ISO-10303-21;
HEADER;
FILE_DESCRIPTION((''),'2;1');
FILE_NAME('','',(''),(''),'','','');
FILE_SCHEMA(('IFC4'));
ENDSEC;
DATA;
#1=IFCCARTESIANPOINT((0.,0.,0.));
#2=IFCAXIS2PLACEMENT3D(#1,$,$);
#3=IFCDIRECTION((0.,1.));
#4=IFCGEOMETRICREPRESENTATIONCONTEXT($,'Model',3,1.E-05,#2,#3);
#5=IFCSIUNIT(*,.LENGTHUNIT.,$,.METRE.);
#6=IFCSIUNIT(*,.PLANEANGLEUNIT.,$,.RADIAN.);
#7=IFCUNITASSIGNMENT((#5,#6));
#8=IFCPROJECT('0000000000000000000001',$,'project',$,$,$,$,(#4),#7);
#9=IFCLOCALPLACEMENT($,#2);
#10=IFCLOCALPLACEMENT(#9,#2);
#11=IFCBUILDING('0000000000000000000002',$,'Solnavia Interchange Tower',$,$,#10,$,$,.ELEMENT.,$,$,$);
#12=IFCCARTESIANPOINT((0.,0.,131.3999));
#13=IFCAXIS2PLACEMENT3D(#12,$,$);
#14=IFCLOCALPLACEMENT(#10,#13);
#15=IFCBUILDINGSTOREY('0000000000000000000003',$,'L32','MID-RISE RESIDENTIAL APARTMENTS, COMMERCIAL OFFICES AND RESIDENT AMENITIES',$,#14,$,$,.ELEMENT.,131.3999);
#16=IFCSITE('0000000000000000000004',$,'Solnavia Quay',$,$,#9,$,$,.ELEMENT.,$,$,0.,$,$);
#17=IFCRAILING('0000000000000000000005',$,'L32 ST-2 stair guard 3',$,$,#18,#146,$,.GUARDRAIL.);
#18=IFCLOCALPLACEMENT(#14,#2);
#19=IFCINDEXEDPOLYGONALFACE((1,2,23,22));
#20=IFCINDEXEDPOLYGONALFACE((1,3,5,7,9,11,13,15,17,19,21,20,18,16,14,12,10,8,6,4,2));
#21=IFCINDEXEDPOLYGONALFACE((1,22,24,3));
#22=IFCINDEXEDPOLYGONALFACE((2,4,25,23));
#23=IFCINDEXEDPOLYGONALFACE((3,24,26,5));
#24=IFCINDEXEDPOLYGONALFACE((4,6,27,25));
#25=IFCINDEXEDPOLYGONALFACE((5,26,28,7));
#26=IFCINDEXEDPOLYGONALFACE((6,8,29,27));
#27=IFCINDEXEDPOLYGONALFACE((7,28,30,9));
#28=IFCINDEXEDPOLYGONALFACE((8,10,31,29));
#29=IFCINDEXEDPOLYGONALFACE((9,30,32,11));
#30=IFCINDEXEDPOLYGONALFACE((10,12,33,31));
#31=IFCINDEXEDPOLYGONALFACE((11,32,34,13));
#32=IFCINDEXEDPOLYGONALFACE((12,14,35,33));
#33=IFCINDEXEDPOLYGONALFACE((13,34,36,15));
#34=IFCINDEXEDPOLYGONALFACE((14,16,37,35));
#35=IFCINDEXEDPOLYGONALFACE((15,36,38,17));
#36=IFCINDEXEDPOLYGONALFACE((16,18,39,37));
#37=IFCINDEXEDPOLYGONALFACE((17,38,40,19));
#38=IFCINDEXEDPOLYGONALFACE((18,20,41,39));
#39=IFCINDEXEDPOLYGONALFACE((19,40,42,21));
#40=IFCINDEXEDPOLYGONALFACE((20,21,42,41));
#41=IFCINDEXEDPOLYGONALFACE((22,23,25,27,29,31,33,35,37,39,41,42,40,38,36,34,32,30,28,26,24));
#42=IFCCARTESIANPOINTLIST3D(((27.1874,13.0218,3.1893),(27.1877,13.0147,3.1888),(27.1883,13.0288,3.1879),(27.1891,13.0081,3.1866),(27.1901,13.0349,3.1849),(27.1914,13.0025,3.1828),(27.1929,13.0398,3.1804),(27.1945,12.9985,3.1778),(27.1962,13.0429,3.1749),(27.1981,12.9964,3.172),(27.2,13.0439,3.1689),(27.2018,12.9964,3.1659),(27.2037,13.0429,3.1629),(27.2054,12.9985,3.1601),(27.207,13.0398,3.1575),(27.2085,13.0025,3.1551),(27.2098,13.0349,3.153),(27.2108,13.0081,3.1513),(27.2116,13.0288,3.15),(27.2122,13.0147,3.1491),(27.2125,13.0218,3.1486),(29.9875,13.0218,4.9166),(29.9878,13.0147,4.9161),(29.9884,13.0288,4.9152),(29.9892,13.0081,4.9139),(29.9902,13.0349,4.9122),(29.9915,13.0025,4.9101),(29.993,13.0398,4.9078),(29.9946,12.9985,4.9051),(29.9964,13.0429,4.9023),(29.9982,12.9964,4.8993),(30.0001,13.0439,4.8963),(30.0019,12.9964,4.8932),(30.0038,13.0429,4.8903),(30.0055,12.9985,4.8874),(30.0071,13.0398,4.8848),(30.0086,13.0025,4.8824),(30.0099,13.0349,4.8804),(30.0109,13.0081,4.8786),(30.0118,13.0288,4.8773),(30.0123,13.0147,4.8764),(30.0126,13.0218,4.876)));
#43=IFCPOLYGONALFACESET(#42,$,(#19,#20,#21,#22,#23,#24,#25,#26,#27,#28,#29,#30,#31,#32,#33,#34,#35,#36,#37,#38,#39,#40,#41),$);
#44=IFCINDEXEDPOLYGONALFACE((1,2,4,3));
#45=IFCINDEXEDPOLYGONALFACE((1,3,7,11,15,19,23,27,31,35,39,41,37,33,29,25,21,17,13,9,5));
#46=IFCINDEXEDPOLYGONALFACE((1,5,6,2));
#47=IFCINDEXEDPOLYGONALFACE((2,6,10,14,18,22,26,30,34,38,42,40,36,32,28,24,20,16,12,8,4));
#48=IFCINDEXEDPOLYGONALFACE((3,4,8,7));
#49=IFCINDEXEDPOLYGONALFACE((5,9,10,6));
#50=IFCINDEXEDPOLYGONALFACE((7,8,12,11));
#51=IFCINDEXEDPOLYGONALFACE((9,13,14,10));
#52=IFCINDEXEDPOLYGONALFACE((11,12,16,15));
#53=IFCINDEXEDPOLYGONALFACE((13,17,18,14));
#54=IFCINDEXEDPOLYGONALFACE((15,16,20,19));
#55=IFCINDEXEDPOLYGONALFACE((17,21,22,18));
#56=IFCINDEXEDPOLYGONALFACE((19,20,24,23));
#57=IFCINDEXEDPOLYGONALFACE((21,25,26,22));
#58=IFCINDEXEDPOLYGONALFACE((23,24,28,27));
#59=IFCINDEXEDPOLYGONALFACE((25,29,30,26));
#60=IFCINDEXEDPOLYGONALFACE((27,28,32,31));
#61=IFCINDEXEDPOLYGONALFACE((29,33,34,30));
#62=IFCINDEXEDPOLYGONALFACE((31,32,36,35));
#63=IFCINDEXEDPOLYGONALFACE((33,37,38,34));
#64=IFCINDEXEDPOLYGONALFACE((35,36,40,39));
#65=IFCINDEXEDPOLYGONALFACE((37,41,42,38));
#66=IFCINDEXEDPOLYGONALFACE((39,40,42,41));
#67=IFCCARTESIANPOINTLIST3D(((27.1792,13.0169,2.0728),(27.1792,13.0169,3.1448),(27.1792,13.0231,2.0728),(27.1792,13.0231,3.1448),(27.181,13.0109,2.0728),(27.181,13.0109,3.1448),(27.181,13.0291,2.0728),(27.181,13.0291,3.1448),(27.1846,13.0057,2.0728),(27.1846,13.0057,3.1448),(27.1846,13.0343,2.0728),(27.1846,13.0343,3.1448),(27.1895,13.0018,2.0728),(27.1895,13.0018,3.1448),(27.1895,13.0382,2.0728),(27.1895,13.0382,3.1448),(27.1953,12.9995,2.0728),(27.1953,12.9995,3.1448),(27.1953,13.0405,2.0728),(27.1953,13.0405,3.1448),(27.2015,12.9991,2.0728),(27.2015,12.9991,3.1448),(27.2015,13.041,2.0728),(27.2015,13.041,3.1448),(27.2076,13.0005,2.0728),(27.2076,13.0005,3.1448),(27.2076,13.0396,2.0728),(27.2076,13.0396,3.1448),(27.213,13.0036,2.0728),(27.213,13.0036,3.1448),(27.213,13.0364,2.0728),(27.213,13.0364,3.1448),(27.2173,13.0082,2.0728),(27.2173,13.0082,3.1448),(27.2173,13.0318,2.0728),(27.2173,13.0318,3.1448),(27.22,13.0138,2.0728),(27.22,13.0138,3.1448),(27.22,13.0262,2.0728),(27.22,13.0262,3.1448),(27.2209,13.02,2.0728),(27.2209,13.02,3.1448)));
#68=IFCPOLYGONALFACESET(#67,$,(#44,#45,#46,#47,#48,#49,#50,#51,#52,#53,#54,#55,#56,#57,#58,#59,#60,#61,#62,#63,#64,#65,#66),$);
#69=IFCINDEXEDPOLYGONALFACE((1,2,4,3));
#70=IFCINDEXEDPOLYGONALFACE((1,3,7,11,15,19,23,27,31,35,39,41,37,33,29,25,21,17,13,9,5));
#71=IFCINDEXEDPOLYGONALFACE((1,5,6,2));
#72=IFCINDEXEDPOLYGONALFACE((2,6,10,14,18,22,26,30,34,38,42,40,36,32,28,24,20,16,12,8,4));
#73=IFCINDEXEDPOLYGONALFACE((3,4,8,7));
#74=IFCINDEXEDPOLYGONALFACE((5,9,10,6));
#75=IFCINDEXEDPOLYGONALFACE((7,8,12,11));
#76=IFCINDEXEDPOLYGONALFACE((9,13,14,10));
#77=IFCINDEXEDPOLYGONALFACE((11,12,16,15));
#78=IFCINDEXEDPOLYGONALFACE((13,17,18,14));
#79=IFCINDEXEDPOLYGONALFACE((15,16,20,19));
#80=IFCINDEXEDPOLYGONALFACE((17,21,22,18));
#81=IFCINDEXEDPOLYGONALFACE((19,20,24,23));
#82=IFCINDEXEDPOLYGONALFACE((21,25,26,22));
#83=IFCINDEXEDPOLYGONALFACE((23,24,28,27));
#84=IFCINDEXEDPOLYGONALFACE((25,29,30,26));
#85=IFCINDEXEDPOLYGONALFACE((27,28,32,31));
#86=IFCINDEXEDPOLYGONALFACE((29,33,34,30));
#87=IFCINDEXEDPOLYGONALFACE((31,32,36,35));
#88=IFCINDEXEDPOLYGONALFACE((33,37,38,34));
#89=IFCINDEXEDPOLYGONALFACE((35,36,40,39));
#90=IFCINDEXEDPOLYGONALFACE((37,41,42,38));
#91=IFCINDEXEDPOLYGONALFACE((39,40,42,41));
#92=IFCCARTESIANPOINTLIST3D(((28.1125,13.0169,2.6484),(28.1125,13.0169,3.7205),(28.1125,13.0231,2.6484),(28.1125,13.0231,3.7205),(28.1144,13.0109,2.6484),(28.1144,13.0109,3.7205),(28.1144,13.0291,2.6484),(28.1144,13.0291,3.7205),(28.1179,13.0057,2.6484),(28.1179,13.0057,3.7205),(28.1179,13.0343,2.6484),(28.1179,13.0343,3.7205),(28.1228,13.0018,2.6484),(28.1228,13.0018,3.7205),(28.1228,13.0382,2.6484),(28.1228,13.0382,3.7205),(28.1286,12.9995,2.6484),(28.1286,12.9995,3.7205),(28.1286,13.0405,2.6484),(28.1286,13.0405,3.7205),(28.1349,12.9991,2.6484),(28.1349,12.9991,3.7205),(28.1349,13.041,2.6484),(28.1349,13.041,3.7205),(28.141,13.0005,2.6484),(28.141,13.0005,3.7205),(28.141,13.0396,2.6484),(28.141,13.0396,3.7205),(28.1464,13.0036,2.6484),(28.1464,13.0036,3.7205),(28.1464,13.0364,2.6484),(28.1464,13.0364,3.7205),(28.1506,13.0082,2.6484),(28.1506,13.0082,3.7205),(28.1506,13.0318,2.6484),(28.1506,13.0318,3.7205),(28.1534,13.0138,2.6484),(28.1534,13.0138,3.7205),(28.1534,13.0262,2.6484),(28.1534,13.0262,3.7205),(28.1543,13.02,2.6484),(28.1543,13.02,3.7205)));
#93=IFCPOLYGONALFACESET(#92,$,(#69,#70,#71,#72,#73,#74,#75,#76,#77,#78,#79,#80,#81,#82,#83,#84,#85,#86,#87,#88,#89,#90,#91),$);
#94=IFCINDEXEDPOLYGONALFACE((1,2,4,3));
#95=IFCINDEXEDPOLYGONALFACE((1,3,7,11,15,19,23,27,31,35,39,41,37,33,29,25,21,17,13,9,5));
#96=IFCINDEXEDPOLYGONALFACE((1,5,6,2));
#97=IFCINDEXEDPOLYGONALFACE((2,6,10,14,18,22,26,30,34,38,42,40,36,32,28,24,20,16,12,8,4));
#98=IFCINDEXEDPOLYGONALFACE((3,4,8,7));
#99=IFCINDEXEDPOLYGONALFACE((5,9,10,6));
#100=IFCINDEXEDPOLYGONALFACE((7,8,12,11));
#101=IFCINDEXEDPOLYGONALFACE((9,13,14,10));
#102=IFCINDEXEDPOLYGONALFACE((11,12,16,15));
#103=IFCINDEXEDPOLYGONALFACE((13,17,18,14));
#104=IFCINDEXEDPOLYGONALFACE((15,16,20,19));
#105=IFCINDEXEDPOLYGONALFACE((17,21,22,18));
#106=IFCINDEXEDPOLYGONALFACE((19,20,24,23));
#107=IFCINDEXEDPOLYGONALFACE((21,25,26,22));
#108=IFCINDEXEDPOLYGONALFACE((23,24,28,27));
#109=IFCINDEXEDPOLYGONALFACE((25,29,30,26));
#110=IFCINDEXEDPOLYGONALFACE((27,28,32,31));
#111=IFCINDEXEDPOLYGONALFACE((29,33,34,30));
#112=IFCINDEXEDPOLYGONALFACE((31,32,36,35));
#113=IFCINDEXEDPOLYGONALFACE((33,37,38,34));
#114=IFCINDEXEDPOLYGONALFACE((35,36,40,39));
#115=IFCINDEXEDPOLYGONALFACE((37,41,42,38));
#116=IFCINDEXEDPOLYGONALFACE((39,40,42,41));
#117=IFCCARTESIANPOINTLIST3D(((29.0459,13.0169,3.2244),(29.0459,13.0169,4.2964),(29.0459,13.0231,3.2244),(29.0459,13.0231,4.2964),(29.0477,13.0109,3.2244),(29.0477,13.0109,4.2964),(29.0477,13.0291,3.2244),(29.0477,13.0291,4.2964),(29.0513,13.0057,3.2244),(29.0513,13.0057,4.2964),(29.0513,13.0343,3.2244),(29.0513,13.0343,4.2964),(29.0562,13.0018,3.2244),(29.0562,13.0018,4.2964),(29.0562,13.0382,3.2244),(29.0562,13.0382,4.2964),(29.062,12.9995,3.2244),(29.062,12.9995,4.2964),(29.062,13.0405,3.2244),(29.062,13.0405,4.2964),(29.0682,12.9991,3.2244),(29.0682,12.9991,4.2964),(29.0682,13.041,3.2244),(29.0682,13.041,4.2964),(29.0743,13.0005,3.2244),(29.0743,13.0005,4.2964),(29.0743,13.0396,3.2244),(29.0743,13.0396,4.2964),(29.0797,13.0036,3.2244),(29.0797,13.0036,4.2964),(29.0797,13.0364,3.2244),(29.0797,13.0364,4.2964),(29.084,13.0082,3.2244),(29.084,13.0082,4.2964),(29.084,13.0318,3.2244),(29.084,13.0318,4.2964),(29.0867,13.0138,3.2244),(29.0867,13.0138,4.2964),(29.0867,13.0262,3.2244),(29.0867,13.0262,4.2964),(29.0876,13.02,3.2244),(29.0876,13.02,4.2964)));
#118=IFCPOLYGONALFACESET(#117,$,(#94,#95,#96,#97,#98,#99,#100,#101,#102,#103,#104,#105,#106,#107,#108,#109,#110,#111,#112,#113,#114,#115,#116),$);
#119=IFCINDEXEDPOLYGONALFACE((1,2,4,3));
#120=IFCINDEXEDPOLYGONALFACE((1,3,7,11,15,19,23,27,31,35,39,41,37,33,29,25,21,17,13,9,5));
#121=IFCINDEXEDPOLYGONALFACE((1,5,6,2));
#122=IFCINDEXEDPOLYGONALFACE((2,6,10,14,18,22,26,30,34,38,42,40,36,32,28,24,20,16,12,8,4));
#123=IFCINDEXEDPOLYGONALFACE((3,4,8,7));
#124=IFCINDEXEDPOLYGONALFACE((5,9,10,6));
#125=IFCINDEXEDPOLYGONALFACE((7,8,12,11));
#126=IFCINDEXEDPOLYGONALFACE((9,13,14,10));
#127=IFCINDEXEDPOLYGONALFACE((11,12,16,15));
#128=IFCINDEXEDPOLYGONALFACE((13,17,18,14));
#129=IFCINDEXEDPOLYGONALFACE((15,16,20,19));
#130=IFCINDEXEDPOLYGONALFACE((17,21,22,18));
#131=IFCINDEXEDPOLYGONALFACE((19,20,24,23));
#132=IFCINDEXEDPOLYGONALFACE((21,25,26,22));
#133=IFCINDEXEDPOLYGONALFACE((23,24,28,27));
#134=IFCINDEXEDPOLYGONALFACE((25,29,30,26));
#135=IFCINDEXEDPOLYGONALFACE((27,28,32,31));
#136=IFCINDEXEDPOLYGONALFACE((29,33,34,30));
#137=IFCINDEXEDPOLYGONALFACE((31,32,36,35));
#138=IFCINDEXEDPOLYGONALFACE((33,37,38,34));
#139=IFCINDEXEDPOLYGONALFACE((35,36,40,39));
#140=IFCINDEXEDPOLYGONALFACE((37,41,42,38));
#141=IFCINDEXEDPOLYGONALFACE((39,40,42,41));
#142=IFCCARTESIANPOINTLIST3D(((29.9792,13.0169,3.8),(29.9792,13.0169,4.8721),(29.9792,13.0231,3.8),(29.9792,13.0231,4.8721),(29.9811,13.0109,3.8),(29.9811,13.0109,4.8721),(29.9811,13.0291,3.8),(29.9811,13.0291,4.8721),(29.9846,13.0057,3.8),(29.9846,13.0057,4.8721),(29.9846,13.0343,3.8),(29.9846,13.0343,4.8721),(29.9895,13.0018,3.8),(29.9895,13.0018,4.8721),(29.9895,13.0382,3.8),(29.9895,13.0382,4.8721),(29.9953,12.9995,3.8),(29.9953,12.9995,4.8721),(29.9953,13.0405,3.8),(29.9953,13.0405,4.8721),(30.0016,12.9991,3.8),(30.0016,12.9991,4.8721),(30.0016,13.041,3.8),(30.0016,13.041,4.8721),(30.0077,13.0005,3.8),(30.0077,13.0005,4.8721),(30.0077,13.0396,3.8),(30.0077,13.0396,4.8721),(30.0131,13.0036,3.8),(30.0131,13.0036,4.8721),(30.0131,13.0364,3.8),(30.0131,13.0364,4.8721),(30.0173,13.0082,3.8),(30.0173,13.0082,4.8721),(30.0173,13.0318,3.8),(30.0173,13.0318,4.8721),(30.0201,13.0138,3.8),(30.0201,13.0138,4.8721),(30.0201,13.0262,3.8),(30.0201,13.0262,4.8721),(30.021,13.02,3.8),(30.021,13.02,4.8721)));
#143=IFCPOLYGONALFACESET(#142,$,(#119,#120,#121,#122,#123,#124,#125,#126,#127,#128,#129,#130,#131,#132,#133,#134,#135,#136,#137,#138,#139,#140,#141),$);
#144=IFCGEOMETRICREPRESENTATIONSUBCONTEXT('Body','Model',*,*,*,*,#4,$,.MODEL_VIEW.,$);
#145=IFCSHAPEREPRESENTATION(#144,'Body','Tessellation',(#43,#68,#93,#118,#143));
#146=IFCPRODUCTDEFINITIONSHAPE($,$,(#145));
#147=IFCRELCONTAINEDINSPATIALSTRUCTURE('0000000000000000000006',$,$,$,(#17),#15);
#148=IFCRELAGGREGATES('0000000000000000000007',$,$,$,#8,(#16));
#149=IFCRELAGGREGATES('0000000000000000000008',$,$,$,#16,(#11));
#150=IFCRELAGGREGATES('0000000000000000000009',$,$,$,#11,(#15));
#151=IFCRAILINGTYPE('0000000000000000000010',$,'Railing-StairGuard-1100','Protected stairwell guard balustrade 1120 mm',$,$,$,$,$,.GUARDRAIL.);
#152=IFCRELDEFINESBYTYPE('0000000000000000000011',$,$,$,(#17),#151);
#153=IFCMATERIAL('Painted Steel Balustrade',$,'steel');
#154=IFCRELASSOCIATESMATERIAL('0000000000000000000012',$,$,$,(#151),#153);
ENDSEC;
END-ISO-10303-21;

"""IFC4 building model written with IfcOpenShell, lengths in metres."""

from ifc_helpers import new_model, si_unit, direction, frame, origin, origin_2d, place, context, subcontext, project, spatial, circle, extrude, material, type_object, element, save


model = new_model("IFC4")

# Units and contexts
model_context = context("Model", 3, precision=1e-05, world=origin(), true_north=direction((0.0, 1.0)))
body_context = subcontext(model_context, "Body", "Model", "MODEL_VIEW")
ifc_project = project(units=[si_unit("LENGTHUNIT", "METRE"), si_unit("PLANEANGLEUNIT", "RADIAN")], contexts=[model_context])

# Site, building, storey
site_placement = place(None, origin())
site = spatial("IfcSite", under=ifc_project, at=site_placement, Name="Solnavia Quay", CompositionType="ELEMENT", RefElevation=0.0)
building_placement = place(site_placement, origin())
building = spatial("IfcBuilding", under=site, at=building_placement, Name="Solnavia Interchange Tower", CompositionType="ELEMENT")
storey_placement = place(building_placement, frame((0.0, 0.0, 131.3999)))
storey = spatial("IfcBuildingStorey", under=building, at=storey_placement, Name="L32", Description="MID-RISE RESIDENTIAL APARTMENTS, COMMERCIAL OFFICES AND RESIDENT AMENITIES", CompositionType="ELEMENT", Elevation=131.3999)

# Railing
ifc_material_1 = material(Name="Painted Steel Balustrade", Category="steel")
railing_type_1 = type_object("IfcRailingType", Name="Railing-StairGuard-1100", Description="Protected stairwell guard balustrade 1120 mm", PredefinedType="GUARDRAIL", material=ifc_material_1)
railing_1_placement = place(storey_placement, frame((27.2, 13.02, 2.0728)))
element("IfcRailing", 1, at=railing_1_placement, inside=storey, type_object=railing_type_1, Name="L32 ST-2 stair guard 3", PredefinedType="GUARDRAIL", context=body_context, shape_type="SweptSolid", body=[
    extrude(circle(Radius=0.0239, at=origin_2d()), frame((0.0, 0.0, 1.0962), z_axis=(0.85109, 0.0, 0.52502), x_axis=(0.0, 1.0, 0.0)), (0.0, 0.0, 1.0), 3.29),
    extrude(circle(Radius=0.021, at=origin_2d()), origin(), (0.0, 0.0, 1.0), 1.072),
    extrude(circle(Radius=0.021, at=origin_2d()), frame((0.9333, 0.0, 0.5757)), (0.0, 0.0, 1.0), 1.072),
    extrude(circle(Radius=0.021, at=origin_2d()), frame((1.8667, 0.0, 1.1516)), (0.0, 0.0, 1.0), 1.072),
    extrude(circle(Radius=0.021, at=origin_2d()), frame((2.8, 0.0, 1.7273)), (0.0, 0.0, 1.0), 1.072),
])

save(model, "model.ifc")
